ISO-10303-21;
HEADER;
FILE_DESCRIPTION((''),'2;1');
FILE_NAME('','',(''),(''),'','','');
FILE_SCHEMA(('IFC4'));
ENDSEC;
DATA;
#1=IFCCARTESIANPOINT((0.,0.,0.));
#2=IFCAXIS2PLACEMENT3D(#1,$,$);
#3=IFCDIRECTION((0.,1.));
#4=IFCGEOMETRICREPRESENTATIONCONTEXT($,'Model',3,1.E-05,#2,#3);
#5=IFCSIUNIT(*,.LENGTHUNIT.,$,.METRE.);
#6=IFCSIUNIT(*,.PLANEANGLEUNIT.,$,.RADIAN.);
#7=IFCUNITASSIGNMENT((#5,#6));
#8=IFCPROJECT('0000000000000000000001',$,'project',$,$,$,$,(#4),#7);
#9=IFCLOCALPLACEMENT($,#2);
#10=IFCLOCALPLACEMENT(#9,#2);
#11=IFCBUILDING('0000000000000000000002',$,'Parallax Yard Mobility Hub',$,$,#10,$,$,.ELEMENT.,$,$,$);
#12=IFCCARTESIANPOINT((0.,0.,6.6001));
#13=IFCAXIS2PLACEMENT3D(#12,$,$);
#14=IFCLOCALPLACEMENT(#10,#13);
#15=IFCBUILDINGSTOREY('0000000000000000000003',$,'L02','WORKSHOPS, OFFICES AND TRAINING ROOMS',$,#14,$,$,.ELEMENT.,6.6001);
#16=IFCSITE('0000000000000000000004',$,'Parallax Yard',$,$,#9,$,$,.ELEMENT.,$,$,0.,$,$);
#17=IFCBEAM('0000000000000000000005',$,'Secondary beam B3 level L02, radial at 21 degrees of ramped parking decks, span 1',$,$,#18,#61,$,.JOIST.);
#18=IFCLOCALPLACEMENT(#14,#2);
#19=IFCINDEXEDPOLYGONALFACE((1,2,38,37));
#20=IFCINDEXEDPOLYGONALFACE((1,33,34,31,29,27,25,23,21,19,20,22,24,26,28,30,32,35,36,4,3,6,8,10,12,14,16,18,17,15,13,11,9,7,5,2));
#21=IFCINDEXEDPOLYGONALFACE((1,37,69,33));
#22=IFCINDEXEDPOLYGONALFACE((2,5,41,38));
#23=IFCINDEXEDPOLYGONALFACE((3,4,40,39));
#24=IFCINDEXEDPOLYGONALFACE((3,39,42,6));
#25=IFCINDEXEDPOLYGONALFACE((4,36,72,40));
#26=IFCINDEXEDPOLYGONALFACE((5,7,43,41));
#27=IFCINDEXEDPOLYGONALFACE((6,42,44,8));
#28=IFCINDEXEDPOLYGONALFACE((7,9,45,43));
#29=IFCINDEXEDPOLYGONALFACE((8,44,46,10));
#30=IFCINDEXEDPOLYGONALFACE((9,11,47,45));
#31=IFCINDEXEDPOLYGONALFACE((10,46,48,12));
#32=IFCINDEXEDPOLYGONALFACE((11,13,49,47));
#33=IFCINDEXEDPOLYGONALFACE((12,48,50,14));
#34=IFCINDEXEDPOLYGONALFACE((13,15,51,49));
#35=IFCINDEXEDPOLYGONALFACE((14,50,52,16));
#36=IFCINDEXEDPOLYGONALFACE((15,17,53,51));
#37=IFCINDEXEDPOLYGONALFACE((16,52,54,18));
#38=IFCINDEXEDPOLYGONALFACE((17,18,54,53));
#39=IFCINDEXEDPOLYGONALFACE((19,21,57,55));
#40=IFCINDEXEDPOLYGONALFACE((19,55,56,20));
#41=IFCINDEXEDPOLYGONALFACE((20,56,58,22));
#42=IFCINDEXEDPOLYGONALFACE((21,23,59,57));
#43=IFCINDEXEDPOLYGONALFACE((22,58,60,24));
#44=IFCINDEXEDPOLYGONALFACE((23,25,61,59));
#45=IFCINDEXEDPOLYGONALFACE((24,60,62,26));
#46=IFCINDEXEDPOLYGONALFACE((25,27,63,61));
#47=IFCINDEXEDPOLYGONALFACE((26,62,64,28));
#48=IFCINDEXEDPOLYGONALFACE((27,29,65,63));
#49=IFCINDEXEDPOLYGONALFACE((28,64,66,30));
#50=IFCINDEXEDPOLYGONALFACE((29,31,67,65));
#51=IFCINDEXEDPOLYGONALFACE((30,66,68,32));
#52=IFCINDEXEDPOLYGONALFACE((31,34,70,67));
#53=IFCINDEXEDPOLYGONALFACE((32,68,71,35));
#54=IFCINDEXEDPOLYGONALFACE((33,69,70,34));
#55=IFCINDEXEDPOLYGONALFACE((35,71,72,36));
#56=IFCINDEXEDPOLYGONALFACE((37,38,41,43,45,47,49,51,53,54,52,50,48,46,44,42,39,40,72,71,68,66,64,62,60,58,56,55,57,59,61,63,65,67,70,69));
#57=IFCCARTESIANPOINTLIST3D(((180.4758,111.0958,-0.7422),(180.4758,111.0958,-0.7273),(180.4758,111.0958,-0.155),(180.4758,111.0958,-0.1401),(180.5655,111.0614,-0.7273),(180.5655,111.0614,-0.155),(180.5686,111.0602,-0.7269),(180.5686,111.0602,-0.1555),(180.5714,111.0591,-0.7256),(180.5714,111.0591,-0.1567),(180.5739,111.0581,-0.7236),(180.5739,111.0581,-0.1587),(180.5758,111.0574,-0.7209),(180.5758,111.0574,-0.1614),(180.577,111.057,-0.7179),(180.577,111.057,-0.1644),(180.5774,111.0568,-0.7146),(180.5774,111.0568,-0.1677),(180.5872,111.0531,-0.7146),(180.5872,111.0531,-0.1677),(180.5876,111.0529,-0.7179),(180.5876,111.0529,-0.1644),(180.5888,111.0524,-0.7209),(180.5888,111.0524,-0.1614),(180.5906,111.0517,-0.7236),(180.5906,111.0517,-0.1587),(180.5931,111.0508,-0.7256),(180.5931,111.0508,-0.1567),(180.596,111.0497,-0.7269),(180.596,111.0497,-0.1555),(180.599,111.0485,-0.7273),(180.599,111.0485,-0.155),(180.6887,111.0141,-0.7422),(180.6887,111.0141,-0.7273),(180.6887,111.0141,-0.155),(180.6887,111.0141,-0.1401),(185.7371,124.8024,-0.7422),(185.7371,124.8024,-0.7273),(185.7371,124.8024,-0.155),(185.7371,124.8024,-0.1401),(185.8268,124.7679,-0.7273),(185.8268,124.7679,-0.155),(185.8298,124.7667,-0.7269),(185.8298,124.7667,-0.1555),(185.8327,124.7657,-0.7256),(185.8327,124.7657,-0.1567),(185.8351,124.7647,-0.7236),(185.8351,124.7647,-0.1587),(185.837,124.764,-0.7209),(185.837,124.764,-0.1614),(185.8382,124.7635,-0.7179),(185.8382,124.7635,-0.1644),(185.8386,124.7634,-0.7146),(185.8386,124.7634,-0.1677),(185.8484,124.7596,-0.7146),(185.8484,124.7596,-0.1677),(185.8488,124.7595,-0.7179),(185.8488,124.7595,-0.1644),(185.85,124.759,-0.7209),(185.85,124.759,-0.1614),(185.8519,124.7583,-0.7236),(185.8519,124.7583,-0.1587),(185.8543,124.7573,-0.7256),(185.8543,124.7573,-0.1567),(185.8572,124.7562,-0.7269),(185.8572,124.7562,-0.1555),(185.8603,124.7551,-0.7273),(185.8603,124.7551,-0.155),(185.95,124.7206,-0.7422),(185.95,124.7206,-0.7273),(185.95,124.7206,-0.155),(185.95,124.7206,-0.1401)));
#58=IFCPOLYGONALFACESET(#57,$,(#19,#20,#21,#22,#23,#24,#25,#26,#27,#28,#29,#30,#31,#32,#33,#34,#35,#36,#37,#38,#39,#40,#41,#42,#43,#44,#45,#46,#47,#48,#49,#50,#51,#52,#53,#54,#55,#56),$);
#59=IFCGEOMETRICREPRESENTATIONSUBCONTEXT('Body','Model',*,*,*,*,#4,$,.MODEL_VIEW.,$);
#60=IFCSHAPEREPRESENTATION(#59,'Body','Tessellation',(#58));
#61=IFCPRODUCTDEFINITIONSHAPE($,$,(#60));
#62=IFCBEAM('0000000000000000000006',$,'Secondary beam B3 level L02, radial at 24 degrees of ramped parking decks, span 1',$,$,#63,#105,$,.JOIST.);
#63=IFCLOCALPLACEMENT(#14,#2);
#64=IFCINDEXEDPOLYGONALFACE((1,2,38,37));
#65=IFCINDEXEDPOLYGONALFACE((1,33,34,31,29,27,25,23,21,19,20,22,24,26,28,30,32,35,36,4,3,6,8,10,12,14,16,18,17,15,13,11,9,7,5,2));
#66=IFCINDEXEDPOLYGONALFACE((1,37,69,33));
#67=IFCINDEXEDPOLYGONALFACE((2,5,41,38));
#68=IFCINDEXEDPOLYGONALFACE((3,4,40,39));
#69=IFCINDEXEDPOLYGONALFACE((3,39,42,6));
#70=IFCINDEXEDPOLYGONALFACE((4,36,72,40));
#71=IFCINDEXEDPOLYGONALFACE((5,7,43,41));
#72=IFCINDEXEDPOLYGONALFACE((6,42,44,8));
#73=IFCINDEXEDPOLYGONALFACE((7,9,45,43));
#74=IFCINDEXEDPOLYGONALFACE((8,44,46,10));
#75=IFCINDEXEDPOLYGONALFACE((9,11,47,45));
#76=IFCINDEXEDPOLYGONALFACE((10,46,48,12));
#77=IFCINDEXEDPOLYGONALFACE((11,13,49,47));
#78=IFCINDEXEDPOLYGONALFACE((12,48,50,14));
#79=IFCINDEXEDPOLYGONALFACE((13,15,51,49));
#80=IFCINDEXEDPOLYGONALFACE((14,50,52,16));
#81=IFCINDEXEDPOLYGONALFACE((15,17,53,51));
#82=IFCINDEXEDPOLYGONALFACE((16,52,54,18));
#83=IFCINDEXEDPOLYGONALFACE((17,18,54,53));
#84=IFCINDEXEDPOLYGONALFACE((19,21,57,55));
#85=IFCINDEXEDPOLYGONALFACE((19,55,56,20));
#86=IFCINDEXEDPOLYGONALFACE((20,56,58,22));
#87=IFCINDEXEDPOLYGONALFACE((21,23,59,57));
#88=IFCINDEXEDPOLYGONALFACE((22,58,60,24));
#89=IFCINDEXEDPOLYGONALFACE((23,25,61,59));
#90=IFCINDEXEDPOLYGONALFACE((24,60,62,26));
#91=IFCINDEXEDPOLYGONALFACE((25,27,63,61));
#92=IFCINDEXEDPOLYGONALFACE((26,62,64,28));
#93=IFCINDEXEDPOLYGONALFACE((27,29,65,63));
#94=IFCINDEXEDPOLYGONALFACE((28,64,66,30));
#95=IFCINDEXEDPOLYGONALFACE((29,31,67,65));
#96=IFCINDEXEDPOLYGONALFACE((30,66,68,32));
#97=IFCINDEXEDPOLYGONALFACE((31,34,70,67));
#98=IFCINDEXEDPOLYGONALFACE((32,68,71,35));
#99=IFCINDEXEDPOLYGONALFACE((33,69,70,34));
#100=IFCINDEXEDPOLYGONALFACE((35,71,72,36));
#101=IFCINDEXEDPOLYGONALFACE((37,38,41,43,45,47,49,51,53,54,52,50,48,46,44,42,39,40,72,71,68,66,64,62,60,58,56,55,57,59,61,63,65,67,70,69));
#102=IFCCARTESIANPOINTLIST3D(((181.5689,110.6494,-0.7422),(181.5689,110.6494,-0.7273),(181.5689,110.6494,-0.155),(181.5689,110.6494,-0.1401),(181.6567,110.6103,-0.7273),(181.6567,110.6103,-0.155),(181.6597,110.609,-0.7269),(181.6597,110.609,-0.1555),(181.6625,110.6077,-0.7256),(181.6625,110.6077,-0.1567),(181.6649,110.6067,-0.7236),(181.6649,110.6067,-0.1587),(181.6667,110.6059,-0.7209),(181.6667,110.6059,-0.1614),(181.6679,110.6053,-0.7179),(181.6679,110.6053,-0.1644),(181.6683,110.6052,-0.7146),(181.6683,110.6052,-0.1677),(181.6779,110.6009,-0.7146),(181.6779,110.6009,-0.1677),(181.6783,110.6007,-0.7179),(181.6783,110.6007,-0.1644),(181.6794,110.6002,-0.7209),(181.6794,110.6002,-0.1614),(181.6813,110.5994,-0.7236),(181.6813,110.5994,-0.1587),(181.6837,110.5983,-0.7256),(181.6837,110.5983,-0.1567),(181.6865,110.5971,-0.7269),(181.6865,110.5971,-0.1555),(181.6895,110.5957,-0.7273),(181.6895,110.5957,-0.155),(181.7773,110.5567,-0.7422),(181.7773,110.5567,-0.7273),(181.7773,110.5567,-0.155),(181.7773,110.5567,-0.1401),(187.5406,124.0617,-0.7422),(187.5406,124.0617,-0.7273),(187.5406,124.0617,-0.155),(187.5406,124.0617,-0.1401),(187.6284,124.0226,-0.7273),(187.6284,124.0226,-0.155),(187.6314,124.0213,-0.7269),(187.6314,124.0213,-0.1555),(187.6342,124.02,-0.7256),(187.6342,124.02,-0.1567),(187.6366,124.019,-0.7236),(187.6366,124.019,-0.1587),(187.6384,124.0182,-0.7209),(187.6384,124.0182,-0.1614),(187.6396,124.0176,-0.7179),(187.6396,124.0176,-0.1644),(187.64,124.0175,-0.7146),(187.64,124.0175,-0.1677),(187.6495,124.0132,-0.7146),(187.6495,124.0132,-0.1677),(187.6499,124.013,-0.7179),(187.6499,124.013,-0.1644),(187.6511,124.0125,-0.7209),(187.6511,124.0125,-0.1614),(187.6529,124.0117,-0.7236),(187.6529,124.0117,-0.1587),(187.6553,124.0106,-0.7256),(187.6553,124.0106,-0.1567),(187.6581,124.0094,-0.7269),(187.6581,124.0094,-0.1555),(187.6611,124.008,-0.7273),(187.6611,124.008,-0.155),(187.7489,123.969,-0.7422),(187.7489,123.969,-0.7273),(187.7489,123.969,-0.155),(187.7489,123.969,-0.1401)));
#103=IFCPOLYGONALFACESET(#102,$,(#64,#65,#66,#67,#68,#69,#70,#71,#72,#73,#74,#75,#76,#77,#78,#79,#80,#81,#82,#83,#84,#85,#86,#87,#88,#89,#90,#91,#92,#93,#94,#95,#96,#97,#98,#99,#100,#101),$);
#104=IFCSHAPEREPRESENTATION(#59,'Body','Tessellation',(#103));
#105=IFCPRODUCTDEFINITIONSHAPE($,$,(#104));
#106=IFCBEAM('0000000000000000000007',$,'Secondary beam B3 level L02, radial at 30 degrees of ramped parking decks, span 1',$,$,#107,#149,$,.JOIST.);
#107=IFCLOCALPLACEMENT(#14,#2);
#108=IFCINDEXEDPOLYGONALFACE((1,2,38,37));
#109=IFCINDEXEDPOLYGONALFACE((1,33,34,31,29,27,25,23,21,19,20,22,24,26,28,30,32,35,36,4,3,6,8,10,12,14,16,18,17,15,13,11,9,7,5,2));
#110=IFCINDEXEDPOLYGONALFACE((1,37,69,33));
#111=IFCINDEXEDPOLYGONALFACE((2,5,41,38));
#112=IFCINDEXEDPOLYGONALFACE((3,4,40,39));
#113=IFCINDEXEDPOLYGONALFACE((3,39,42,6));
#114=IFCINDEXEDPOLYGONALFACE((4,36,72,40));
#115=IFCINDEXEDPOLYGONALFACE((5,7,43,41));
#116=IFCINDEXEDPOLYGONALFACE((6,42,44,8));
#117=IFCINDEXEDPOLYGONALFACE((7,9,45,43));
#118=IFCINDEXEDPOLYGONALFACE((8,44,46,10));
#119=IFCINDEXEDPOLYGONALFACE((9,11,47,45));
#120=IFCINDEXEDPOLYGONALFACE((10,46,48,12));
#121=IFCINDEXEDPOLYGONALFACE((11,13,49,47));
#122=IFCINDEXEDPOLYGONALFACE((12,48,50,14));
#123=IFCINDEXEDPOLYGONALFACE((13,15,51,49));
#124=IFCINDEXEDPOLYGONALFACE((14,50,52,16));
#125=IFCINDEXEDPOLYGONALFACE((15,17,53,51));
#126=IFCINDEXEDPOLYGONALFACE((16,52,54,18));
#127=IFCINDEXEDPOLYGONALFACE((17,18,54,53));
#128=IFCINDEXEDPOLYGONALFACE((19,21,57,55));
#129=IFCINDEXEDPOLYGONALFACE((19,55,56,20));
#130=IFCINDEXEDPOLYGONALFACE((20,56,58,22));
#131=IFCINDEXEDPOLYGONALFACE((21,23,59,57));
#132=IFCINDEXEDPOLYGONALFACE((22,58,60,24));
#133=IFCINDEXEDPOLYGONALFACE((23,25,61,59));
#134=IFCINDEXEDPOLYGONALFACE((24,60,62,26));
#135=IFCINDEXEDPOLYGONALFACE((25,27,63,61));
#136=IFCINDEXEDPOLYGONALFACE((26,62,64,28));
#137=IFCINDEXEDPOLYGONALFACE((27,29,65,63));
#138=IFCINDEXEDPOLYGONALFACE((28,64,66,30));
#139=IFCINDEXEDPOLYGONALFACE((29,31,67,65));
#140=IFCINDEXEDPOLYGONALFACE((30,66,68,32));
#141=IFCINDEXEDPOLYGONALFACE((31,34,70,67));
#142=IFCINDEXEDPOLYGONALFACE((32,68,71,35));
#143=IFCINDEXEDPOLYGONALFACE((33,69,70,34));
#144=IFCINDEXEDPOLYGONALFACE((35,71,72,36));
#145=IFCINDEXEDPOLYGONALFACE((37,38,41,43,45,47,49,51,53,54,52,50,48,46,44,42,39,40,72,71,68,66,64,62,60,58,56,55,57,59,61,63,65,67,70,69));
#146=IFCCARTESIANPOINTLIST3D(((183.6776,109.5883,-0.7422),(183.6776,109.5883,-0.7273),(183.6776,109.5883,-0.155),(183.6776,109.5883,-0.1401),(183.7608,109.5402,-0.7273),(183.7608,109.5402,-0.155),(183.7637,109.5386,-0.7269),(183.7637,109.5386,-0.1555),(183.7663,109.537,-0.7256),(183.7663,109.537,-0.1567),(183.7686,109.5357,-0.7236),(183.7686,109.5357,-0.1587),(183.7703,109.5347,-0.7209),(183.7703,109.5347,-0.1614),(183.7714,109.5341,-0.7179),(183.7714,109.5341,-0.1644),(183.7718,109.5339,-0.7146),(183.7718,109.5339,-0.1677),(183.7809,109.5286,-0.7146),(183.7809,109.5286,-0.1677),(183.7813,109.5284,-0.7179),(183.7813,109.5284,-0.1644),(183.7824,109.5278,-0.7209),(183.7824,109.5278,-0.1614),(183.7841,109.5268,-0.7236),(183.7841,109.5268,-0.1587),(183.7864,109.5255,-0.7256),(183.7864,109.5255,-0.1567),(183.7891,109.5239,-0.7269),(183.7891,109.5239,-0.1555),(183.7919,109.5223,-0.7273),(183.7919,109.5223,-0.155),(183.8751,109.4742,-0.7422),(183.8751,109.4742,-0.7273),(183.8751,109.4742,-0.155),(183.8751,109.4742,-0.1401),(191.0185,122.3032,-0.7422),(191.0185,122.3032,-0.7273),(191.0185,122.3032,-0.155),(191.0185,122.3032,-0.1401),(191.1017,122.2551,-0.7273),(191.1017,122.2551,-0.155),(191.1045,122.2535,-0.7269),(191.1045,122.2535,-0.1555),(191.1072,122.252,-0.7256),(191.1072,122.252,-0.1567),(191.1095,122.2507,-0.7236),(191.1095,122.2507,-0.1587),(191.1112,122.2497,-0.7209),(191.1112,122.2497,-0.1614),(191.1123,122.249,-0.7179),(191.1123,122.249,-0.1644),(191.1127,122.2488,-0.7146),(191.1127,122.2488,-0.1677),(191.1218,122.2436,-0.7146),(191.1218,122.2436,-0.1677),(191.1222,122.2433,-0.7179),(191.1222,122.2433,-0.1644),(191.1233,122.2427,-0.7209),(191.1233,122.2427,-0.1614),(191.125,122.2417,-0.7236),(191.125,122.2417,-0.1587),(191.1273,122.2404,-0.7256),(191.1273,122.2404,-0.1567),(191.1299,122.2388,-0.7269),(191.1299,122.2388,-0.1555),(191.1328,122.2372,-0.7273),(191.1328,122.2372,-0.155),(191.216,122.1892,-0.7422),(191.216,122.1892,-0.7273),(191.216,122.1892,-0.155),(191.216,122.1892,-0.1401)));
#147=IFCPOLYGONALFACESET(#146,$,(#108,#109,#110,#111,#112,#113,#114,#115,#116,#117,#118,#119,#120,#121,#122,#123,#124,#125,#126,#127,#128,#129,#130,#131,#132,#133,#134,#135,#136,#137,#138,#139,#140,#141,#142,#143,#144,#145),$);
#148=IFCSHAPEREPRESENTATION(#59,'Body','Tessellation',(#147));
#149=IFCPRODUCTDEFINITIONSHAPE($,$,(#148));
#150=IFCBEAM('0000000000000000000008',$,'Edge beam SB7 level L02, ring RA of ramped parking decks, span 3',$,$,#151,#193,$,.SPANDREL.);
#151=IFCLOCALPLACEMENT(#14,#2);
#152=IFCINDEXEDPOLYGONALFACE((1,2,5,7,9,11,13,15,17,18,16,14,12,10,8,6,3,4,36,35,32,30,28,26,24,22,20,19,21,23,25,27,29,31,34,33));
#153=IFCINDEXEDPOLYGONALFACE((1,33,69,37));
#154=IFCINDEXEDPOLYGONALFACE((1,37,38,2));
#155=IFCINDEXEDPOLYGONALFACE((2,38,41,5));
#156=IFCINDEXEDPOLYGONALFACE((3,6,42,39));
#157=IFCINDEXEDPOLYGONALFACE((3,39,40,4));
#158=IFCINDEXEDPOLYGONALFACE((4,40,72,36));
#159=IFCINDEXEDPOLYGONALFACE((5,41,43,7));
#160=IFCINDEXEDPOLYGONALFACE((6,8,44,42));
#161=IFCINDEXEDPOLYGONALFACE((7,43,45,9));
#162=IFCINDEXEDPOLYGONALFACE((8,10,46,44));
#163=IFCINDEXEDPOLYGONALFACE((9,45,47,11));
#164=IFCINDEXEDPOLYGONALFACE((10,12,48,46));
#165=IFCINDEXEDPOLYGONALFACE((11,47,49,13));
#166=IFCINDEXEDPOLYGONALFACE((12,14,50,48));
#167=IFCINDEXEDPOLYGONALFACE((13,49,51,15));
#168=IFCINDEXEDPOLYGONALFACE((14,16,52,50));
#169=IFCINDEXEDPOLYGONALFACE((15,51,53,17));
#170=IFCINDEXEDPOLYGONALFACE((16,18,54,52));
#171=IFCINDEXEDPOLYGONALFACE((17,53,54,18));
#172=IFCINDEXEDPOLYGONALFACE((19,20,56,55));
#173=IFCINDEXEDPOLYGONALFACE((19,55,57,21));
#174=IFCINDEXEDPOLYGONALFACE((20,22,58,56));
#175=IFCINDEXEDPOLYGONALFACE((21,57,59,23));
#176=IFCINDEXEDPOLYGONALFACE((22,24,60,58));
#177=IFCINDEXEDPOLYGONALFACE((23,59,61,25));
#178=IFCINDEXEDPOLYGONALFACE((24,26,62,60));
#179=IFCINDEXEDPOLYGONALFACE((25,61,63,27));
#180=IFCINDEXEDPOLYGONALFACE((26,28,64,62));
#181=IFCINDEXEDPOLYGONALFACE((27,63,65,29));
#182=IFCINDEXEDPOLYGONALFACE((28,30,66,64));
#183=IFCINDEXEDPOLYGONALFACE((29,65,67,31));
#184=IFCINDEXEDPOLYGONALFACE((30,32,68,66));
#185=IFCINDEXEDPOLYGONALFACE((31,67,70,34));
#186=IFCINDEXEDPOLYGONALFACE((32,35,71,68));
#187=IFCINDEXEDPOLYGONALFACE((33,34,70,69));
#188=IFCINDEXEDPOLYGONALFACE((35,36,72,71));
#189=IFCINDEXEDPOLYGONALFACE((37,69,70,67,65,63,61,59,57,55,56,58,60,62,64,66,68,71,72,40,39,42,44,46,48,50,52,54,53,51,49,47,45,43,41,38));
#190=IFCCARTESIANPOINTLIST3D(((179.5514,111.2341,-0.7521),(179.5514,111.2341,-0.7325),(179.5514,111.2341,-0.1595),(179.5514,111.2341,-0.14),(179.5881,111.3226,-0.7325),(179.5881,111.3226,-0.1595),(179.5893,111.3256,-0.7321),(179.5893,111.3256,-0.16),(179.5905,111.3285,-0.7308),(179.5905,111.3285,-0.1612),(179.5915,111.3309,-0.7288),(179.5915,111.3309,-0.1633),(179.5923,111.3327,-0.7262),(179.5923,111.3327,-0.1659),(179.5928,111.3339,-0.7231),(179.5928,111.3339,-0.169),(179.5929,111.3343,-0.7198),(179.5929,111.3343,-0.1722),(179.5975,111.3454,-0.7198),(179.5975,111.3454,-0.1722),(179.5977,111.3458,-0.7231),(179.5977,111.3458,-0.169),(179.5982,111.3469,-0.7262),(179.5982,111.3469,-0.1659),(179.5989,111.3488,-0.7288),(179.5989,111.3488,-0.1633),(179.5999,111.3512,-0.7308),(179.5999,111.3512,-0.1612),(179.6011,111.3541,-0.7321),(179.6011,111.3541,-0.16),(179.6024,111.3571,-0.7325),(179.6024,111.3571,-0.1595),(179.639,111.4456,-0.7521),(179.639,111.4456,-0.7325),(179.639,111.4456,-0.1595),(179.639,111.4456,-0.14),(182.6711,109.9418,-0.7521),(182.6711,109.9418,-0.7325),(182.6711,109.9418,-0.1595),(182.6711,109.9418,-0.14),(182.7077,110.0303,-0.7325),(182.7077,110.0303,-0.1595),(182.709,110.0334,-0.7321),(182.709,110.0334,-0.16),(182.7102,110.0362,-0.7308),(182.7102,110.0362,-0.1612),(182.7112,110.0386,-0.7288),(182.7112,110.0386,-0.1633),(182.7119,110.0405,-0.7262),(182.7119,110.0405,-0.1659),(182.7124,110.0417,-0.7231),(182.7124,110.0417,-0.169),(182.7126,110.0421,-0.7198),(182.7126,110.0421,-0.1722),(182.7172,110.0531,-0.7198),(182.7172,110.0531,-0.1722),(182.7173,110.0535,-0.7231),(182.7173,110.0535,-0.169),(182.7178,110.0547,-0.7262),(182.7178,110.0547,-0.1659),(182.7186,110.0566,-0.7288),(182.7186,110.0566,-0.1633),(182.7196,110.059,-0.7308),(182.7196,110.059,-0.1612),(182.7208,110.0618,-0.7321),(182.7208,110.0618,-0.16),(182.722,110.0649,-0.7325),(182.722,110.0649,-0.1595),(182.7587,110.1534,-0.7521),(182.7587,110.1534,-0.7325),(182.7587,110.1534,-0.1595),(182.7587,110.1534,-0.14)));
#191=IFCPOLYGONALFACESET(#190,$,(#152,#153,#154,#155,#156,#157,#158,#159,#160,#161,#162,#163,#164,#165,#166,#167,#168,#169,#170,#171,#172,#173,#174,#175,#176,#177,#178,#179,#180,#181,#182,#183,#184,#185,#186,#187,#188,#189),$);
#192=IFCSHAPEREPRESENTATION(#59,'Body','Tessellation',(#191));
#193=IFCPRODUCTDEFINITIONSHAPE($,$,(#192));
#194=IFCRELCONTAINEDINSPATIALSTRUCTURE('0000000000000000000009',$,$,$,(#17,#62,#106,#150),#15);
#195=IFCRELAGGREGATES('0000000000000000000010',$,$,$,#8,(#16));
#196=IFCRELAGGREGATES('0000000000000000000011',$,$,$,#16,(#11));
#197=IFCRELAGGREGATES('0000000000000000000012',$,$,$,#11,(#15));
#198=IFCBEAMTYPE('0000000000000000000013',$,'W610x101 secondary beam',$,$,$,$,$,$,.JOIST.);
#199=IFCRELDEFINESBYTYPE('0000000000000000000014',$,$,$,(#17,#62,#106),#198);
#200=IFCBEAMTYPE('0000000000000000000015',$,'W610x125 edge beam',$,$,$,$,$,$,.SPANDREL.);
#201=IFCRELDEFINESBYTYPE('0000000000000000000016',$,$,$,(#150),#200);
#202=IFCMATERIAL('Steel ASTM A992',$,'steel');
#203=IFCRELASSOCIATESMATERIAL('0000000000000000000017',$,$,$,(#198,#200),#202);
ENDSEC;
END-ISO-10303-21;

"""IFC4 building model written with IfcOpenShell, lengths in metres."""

from ifc_helpers import new_model, si_unit, direction, frame, origin, origin_2d, place, context, subcontext, project, spatial, i_section, extrude, material, material_profile, profile_set, type_object, element, save


model = new_model("IFC4")

# Units and contexts
model_context = context("Model", 3, precision=1e-05, world=origin(), true_north=direction((0.0, 1.0)))
body_context = subcontext(model_context, "Body", "Model", "MODEL_VIEW")
ifc_project = project(units=[si_unit("LENGTHUNIT", "METRE"), si_unit("PLANEANGLEUNIT", "RADIAN")], contexts=[model_context])

# Site, building, storey
site_placement = place(None, origin())
site = spatial("IfcSite", under=ifc_project, at=site_placement, Name="Parallax Yard", CompositionType="ELEMENT", RefElevation=0.0)
building_placement = place(site_placement, origin())
building = spatial("IfcBuilding", under=site, at=building_placement, Name="Parallax Yard Mobility Hub", CompositionType="ELEMENT")
storey_placement = place(building_placement, frame((0.0, 0.0, 6.6001)))
storey = spatial("IfcBuildingStorey", under=building, at=storey_placement, Name="L02", Description="WORKSHOPS, OFFICES AND TRAINING ROOMS", CompositionType="ELEMENT", Elevation=6.6001)

# Beams
ifc_material_1 = material(Name="Steel ASTM A992", Category="steel")
ifc_material_profile_1 = material_profile(ifc_material_1, i_section(OverallWidth=0.228, OverallDepth=0.6021, WebThickness=0.0105, FlangeThickness=0.0149, FilletRadius=0.0127, at=origin_2d()), Name="W610x101")
ifc_profile_set_1 = profile_set([ifc_material_profile_1], Name="Steel ASTM A992")
beam_type_1 = type_object("IfcBeamType", Name="W610x101 secondary beam", PredefinedType="JOIST", material=ifc_profile_set_1)
for number, where, z_axis, x_axis, name in (
    (1, (180.5823, 111.0549, -0.4412), (0.358355, 0.933585, 0.0), (-0.933585, 0.358355, 0.0), "Secondary beam B3 level L02, radial at 21 degrees of ramped parking decks, span 1"),
    (2, (181.6731, 110.603, -0.4412), (0.406743, 0.913543, 0.0), (-0.913543, 0.406743, 0.0), "Secondary beam B3 level L02, radial at 24 degrees of ramped parking decks, span 1"),
):
    element("IfcBeam", number, at=place(storey_placement, frame(where, z_axis=z_axis, x_axis=x_axis)), inside=storey, type_object=beam_type_1, Name=name, PredefinedType="JOIST", context=body_context, shape_type="SweptSolid", body=[
        extrude(i_section(OverallWidth=0.228, OverallDepth=0.6021, WebThickness=0.0105, FlangeThickness=0.0149, FilletRadius=0.0127, at=origin_2d()), origin(), (0.0, 0.0, 1.0), 14.6816),
    ])
beam_1_placement = place(storey_placement, frame((183.7764, 109.5312, -0.4412), z_axis=(0.499995, 0.866028, 0.0), x_axis=(-0.866028, 0.499995, 0.0)))
element("IfcBeam", 3, at=beam_1_placement, inside=storey, type_object=beam_type_1, Name="Secondary beam B3 level L02, radial at 30 degrees of ramped parking decks, span 1", PredefinedType="JOIST", context=body_context, shape_type="SweptSolid", body=[
    extrude(i_section(OverallWidth=0.228, OverallDepth=0.6021, WebThickness=0.0105, FlangeThickness=0.0149, FilletRadius=0.0127, at=origin_2d()), origin(), (0.0, 0.0, 1.0), 14.6819),
])
ifc_material_profile_2 = material_profile(ifc_material_1, i_section(OverallWidth=0.229, OverallDepth=0.6121, WebThickness=0.012, FlangeThickness=0.0195, FilletRadius=0.0127, at=origin_2d()), Name="W610x125")
ifc_profile_set_2 = profile_set([ifc_material_profile_2], Name="Steel ASTM A992")
beam_type_2 = type_object("IfcBeamType", Name="W610x125 edge beam", PredefinedType="SPANDREL", material=ifc_profile_set_2)
for number, where, z_axis, x_axis, name in (
    (4, (179.5952, 111.3398, -0.446), (0.923875, -0.382694, 0.0), (0.382694, 0.923875, 0.0), "Edge beam SB7 level L02, ring RA of ramped parking decks, span 3"),
):
    element("IfcBeam", number, at=place(storey_placement, frame(where, z_axis=z_axis, x_axis=x_axis)), inside=storey, type_object=beam_type_2, Name=name, PredefinedType="SPANDREL", context=body_context, shape_type="SweptSolid", body=[
        extrude(i_section(OverallWidth=0.229, OverallDepth=0.6121, WebThickness=0.012, FlangeThickness=0.0195, FilletRadius=0.0127, at=origin_2d()), origin(), (0.0, 0.0, 1.0), 3.3767),
    ])

save(model, "model.ifc")
